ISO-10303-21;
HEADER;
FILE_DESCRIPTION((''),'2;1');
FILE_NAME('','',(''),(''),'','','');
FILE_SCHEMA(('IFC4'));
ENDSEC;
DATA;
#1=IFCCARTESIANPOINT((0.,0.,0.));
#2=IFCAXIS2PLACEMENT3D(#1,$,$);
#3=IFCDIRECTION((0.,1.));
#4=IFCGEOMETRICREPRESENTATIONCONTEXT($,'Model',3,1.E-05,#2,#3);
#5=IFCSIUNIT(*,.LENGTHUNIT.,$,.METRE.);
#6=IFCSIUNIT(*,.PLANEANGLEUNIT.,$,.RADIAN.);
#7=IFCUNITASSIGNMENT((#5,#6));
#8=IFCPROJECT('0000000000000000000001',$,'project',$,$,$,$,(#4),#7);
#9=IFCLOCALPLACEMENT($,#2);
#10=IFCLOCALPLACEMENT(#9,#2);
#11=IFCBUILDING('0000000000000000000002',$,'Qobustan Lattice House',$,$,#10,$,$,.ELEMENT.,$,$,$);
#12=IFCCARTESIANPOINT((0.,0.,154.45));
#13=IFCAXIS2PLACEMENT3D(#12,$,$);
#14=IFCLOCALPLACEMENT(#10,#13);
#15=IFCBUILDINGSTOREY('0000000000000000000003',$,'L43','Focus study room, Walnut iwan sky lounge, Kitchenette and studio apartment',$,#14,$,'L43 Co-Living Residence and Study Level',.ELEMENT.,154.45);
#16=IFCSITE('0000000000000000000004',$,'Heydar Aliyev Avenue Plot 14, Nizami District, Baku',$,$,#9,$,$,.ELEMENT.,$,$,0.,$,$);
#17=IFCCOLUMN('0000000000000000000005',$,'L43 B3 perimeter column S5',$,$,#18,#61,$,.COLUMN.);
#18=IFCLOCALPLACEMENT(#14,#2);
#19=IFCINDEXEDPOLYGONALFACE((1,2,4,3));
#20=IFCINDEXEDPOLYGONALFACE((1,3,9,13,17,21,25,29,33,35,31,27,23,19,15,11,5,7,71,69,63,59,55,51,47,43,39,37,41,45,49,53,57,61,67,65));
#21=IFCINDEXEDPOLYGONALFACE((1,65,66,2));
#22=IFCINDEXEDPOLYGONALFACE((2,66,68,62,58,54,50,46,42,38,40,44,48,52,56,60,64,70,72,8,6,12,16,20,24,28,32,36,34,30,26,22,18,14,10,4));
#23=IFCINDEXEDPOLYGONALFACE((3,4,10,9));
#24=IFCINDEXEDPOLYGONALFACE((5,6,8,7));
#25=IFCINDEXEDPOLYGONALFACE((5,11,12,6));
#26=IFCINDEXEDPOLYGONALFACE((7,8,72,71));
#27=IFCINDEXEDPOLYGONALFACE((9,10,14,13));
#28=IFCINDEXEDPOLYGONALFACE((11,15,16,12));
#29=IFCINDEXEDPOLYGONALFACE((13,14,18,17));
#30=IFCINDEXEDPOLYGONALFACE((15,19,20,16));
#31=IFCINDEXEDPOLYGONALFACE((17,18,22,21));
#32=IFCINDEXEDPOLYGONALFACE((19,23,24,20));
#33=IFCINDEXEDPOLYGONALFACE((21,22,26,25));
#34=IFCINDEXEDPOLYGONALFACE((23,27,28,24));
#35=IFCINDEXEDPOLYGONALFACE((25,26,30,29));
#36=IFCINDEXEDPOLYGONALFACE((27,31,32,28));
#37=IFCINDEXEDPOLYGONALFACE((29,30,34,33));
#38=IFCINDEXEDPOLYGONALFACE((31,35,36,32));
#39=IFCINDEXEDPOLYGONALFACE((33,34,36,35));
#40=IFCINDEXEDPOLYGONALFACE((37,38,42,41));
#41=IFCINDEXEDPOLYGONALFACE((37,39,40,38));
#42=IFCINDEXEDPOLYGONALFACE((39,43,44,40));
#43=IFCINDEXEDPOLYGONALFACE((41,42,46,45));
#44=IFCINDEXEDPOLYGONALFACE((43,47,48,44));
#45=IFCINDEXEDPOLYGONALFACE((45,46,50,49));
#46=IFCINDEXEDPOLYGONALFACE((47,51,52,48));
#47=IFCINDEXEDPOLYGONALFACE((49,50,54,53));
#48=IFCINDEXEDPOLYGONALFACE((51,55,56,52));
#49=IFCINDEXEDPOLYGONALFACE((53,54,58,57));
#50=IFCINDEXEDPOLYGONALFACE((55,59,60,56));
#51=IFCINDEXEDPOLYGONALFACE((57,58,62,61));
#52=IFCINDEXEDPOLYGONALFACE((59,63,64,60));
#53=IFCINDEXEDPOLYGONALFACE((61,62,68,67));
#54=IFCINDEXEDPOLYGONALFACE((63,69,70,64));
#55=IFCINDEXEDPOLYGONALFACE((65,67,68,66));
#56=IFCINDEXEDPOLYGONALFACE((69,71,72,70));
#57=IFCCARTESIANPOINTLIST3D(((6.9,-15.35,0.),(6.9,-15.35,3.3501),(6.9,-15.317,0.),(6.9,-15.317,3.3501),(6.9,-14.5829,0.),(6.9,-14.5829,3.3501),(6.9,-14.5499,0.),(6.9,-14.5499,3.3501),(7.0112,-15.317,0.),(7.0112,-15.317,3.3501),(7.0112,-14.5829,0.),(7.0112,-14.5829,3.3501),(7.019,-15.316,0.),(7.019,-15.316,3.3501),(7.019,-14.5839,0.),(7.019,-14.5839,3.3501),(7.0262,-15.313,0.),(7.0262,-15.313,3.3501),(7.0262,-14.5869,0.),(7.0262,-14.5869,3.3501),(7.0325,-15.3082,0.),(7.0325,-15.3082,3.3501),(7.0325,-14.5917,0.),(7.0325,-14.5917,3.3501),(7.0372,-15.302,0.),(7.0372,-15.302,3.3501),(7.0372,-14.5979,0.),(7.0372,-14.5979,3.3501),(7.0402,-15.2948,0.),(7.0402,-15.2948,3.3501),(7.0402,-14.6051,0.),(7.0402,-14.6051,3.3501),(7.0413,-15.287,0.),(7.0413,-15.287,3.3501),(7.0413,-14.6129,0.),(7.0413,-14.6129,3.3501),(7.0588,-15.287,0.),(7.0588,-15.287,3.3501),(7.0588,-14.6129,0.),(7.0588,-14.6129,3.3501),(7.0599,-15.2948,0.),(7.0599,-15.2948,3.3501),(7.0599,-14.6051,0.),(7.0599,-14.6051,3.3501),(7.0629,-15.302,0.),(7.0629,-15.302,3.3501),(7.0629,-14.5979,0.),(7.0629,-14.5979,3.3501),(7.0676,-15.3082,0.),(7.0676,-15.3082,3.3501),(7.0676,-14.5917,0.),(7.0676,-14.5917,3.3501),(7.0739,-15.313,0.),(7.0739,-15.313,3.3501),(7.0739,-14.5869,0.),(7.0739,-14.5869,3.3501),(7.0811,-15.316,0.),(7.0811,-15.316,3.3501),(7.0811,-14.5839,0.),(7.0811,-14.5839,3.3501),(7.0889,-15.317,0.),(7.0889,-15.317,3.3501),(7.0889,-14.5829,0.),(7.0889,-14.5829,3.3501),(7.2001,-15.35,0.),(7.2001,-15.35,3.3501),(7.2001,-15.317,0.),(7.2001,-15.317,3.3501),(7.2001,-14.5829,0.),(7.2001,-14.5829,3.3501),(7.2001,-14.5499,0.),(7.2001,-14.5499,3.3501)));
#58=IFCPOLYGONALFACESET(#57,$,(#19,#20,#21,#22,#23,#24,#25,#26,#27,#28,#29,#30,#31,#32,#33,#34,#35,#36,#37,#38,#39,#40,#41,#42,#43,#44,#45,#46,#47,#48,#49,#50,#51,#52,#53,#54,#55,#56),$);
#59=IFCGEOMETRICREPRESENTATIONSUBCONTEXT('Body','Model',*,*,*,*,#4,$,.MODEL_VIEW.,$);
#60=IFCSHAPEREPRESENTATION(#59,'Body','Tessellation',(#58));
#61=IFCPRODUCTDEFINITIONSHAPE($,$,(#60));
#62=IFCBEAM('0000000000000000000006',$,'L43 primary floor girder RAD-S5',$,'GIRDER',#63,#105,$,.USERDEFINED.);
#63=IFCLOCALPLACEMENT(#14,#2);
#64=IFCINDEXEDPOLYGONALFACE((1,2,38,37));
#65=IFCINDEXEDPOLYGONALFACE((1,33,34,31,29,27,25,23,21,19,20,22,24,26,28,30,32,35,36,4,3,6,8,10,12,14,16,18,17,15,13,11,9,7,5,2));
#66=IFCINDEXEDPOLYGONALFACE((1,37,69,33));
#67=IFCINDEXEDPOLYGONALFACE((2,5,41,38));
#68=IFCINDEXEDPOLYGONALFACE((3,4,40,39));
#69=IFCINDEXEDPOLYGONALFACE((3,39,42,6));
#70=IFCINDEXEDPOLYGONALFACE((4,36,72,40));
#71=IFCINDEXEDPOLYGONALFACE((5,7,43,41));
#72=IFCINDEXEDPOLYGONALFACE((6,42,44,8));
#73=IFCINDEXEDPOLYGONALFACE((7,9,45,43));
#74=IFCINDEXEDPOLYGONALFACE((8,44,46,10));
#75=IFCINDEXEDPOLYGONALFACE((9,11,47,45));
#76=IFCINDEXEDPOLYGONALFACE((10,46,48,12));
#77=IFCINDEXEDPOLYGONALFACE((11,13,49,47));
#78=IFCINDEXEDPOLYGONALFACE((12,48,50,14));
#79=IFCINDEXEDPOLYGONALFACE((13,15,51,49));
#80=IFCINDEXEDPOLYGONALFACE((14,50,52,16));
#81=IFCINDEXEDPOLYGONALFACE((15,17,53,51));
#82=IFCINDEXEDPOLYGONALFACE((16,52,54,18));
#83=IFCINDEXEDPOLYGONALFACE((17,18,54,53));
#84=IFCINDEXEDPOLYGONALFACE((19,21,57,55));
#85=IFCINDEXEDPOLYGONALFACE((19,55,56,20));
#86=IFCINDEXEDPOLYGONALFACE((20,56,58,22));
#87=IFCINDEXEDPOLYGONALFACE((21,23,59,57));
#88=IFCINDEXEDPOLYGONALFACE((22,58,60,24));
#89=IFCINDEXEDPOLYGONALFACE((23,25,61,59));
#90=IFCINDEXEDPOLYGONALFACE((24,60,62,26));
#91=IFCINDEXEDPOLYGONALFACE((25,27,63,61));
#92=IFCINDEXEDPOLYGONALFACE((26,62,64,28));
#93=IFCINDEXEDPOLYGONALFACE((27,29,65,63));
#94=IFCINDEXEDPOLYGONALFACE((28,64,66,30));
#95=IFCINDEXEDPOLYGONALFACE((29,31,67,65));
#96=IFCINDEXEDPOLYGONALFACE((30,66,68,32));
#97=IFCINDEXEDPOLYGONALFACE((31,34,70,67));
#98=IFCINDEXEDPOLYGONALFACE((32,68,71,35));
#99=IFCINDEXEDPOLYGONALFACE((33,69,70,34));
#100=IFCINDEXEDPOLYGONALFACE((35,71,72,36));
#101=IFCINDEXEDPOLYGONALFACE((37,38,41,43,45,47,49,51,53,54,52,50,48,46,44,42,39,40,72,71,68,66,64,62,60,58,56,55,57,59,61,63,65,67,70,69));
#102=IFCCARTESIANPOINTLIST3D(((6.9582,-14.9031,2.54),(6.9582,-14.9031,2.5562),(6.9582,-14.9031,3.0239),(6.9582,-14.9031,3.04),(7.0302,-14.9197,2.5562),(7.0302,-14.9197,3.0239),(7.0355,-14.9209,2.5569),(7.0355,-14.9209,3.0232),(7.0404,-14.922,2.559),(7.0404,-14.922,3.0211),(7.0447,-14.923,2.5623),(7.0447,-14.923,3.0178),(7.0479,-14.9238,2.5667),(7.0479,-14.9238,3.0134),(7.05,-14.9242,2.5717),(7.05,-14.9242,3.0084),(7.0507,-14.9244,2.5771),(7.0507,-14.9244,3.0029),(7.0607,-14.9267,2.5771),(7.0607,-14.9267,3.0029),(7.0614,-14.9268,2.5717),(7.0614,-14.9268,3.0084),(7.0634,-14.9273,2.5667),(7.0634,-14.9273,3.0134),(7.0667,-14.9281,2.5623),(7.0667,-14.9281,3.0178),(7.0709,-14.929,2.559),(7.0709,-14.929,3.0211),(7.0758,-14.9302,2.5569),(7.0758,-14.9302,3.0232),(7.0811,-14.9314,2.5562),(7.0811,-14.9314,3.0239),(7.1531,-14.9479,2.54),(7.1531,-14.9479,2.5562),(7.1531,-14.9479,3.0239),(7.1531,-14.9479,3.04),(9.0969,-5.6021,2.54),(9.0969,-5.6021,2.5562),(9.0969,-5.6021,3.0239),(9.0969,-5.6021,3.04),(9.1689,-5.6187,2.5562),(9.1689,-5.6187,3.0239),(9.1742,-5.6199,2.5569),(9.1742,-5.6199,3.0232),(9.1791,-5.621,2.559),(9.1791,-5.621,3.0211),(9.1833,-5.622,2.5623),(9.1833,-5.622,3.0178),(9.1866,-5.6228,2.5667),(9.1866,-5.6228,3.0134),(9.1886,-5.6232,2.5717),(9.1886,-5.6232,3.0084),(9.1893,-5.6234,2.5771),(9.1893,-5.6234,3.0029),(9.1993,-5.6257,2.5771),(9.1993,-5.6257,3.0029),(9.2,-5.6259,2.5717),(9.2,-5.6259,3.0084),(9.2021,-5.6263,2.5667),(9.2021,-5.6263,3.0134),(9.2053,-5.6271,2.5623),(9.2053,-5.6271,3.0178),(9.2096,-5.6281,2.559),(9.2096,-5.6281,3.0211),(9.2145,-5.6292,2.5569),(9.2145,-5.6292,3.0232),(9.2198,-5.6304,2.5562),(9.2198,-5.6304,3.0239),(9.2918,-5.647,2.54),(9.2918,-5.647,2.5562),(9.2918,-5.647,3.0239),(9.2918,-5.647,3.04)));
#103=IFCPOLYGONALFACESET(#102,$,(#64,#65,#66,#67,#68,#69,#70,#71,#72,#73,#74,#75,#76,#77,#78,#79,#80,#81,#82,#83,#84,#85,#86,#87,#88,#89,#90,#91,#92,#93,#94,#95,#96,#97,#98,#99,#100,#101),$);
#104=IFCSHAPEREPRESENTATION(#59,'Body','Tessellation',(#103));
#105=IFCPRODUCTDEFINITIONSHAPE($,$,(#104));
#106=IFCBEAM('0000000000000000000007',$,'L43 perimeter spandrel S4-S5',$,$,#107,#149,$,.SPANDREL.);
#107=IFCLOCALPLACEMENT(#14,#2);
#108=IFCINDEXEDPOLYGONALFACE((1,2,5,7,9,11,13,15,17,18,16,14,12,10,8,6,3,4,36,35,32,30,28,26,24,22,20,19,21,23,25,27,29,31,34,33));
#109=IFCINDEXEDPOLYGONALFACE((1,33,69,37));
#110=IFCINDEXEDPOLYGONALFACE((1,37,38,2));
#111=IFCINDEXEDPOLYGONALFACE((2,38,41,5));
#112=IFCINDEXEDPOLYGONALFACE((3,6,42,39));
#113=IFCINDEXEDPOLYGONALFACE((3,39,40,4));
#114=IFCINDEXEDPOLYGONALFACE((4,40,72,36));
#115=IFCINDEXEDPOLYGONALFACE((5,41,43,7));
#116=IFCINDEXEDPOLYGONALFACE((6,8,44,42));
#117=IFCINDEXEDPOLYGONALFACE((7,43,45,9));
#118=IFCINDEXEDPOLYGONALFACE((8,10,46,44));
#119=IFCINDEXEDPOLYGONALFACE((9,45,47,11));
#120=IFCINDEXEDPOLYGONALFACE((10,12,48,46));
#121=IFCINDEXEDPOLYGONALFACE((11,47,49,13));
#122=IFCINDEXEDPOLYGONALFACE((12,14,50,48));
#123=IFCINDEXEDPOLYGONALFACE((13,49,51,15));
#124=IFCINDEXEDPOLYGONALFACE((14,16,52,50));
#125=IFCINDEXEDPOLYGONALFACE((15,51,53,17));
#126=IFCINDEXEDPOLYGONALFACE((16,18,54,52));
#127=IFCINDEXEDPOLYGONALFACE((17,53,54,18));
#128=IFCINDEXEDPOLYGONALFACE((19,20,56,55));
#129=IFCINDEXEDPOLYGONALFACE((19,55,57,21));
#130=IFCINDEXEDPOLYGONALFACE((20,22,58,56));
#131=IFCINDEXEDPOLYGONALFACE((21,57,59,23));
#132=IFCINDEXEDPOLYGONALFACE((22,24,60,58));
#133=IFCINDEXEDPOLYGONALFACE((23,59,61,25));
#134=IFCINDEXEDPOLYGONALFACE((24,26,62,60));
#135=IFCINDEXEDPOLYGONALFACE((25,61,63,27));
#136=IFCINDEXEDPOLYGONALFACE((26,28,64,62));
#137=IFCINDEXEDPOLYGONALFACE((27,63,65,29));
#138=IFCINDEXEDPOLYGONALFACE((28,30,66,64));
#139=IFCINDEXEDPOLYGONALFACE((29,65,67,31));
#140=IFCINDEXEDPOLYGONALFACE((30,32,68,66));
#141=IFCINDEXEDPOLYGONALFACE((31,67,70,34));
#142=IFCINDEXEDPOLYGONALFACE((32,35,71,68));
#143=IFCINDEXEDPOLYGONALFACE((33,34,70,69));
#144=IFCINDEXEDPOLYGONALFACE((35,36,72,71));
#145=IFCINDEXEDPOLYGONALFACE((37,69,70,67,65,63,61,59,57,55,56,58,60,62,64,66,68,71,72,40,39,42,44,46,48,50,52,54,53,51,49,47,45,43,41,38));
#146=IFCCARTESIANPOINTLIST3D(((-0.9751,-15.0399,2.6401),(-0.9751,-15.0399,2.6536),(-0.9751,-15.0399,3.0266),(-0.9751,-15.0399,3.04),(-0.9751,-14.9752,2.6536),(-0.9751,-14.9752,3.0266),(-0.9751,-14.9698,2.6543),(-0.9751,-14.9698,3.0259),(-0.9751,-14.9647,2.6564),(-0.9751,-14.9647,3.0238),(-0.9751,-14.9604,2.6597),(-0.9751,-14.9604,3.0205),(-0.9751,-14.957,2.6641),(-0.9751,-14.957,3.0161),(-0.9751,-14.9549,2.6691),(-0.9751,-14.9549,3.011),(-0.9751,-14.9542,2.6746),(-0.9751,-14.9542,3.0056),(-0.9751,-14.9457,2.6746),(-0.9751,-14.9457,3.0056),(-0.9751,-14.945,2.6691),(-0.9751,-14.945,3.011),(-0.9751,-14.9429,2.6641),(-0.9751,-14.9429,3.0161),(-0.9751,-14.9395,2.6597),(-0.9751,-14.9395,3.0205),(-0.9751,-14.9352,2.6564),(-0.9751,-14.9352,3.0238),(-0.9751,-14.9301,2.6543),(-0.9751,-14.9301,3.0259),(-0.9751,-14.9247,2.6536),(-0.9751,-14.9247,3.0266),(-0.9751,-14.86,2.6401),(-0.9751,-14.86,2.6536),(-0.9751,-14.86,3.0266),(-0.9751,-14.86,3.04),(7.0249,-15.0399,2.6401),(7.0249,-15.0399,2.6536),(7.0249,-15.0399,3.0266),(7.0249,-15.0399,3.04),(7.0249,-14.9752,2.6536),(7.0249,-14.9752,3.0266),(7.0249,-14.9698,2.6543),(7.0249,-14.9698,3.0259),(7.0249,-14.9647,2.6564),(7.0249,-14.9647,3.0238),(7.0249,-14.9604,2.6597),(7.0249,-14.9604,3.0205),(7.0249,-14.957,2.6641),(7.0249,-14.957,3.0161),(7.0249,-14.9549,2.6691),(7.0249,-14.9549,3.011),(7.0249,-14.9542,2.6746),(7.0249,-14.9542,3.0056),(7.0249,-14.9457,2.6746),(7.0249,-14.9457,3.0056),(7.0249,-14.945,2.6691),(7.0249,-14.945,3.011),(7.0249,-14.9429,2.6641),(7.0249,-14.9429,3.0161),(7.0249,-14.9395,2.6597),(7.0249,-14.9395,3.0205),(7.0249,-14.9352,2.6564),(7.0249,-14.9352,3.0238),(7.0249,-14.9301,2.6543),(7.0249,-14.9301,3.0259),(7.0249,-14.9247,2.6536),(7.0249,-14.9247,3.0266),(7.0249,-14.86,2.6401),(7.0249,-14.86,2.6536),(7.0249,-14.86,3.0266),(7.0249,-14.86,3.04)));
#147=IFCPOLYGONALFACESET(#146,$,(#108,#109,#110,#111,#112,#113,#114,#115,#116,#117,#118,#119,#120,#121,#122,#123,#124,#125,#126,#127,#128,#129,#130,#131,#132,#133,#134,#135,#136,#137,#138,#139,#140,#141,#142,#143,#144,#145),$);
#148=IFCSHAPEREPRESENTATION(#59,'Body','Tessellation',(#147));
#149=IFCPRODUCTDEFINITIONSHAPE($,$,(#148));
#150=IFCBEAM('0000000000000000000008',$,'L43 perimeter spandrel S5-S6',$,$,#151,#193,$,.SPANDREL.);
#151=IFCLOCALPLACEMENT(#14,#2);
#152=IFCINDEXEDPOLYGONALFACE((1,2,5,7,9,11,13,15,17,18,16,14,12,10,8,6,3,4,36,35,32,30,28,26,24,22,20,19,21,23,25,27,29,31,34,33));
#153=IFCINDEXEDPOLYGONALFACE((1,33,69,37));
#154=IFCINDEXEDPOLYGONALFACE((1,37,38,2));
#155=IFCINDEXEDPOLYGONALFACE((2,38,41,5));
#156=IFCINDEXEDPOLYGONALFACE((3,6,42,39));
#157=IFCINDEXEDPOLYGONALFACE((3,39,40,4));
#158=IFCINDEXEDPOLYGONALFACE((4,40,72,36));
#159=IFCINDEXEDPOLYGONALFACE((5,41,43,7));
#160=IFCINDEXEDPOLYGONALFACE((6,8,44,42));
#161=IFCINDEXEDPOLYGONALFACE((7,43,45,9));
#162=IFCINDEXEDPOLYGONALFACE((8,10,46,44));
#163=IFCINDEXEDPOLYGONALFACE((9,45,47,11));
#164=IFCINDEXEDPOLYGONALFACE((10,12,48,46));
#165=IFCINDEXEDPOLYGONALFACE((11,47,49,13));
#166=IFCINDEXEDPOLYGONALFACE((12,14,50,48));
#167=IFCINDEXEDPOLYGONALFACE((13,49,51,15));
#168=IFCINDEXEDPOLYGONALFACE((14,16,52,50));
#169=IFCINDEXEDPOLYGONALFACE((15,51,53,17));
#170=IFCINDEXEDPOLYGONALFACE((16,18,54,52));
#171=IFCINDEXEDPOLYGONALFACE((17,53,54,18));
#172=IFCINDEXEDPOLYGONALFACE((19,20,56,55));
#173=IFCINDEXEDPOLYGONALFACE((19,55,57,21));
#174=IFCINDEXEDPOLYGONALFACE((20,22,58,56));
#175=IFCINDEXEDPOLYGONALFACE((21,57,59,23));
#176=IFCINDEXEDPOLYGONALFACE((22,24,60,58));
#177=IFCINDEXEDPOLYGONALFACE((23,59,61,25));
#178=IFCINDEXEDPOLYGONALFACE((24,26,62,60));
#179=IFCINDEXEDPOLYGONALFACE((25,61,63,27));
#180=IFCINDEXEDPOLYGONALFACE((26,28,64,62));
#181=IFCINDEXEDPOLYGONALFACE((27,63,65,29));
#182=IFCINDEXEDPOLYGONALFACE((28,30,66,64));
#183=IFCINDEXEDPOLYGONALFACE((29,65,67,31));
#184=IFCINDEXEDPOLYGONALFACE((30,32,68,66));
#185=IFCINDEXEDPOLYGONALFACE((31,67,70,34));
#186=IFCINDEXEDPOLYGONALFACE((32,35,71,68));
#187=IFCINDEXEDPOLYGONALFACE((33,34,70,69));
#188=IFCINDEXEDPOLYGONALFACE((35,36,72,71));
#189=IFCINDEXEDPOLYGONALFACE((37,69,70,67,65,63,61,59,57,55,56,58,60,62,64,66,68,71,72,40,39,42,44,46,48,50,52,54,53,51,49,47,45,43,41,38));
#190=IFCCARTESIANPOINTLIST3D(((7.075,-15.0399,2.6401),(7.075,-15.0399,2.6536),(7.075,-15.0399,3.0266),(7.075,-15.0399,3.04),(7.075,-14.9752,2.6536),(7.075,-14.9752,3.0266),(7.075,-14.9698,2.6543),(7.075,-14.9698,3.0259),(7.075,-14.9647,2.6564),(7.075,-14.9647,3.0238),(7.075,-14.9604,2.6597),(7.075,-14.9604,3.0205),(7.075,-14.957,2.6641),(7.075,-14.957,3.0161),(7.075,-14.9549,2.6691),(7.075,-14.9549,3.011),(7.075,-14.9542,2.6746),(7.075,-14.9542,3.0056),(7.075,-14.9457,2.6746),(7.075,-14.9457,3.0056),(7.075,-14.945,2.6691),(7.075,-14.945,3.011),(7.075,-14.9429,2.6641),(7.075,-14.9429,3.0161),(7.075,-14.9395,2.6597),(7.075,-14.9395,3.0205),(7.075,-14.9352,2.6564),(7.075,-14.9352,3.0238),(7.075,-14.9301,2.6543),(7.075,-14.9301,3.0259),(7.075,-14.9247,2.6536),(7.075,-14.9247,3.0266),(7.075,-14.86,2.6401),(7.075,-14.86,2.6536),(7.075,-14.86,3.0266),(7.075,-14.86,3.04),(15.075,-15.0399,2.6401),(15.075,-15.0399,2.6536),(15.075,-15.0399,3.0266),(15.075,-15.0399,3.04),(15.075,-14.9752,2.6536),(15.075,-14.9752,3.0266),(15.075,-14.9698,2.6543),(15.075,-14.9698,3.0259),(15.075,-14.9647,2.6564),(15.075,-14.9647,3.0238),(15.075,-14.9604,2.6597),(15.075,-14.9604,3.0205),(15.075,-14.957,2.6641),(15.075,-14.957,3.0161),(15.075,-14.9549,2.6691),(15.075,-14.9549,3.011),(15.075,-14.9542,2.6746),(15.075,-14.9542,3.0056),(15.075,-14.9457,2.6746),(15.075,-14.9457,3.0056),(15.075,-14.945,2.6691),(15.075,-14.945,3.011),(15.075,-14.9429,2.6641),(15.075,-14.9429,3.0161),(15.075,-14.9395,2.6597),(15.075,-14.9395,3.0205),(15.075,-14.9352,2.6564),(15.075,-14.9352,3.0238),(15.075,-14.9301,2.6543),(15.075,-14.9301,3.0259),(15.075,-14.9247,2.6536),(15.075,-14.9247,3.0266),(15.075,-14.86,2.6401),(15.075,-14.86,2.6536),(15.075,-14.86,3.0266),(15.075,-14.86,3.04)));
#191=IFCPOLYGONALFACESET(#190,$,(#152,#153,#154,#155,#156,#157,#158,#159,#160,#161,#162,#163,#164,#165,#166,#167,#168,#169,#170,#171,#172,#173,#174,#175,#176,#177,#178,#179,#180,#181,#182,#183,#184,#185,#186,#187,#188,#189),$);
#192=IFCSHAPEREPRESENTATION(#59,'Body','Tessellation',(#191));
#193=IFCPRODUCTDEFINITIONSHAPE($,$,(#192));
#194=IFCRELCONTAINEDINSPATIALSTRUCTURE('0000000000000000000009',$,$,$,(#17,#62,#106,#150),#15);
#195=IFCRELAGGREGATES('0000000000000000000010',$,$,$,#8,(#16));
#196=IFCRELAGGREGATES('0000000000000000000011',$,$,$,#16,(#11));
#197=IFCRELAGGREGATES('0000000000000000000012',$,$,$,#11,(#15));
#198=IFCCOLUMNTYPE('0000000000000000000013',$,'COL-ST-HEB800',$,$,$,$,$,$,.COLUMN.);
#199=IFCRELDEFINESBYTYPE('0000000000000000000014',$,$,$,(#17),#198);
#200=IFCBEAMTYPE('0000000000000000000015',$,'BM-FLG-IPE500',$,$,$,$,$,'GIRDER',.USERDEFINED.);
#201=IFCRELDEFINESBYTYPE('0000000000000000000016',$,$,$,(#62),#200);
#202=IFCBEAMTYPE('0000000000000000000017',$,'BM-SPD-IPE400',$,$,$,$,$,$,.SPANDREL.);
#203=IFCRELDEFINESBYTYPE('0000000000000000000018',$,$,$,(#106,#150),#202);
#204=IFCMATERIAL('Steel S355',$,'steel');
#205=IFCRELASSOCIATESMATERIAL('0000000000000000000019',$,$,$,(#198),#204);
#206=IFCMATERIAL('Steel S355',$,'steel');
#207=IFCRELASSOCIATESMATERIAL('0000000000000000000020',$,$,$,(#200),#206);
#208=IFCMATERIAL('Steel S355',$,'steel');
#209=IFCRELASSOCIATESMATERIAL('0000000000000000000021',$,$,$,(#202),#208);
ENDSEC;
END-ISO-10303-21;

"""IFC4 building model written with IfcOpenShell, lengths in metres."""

from ifc_helpers import new_model, si_unit, direction, frame, origin, origin_2d, place, context, subcontext, project, spatial, i_section, extrude, material, material_profile, profile_set, type_object, element, save


model = new_model("IFC4")

# Units and contexts
model_context = context("Model", 3, precision=1e-05, world=origin(), true_north=direction((0.0, 1.0)))
body_context = subcontext(model_context, "Body", "Model", "MODEL_VIEW")
ifc_project = project(units=[si_unit("LENGTHUNIT", "METRE"), si_unit("PLANEANGLEUNIT", "RADIAN")], contexts=[model_context])

# Site, building, storey
site_placement = place(None, origin())
site = spatial("IfcSite", under=ifc_project, at=site_placement, Name="Heydar Aliyev Avenue Plot 14, Nizami District, Baku", CompositionType="ELEMENT", RefElevation=0.0)
building_placement = place(site_placement, origin())
building = spatial("IfcBuilding", under=site, at=building_placement, Name="Qobustan Lattice House", CompositionType="ELEMENT")
storey_placement = place(building_placement, frame((0.0, 0.0, 154.45)))
storey = spatial("IfcBuildingStorey", under=building, at=storey_placement, Name="L43", Description="Focus study room, Walnut iwan sky lounge, Kitchenette and studio apartment", LongName="L43 Co-Living Residence and Study Level", CompositionType="ELEMENT", Elevation=154.45)

# Column
ifc_material_1 = material(Name="Steel S355", Category="steel")
ifc_material_profile_1 = material_profile(ifc_material_1, i_section(OverallWidth=0.3, OverallDepth=0.8, WebThickness=0.0176, FlangeThickness=0.033, FilletRadius=0.03, at=origin_2d()), Name="HEB800")
ifc_profile_set_1 = profile_set([ifc_material_profile_1], Name="Steel S355")
column_type = type_object("IfcColumnType", Name="COL-ST-HEB800", PredefinedType="COLUMN", material=ifc_profile_set_1)
column_placement = place(storey_placement, frame((7.05, -14.95, 0.0), z_axis=(0.0, 0.0, 1.0), x_axis=(1.0, 0.0, 0.0)))
element("IfcColumn", 1, at=column_placement, inside=storey, type_object=column_type, Name="L43 B3 perimeter column S5", PredefinedType="COLUMN", context=body_context, shape_type="SweptSolid", body=[
    extrude(i_section(OverallWidth=0.3, OverallDepth=0.8, WebThickness=0.0176, FlangeThickness=0.033, FilletRadius=0.03, at=origin_2d()), origin(), (0.0, 0.0, 1.0), 3.3501),
])

# Beams
ifc_material_2 = material(Name="Steel S355", Category="steel")
ifc_material_profile_2 = material_profile(ifc_material_2, i_section(OverallWidth=0.2, OverallDepth=0.5, WebThickness=0.0103, FlangeThickness=0.0161, FilletRadius=0.021, at=origin_2d()), Name="IPE500")
ifc_profile_set_2 = profile_set([ifc_material_profile_2], Name="Steel S355")
beam_type_1 = type_object("IfcBeamType", Name="BM-FLG-IPE500", ElementType="GIRDER", PredefinedType="USERDEFINED", material=ifc_profile_set_2)
beam_placement = place(storey_placement, frame((7.0557, -14.9255, 2.79), z_axis=(0.224092, 0.974568, 0.0), x_axis=(-0.974568, 0.224092, 0.0)))
element("IfcBeam", 2, at=beam_placement, inside=storey, type_object=beam_type_1, Name="L43 primary floor girder RAD-S5", ObjectType="GIRDER", PredefinedType="USERDEFINED", context=body_context, shape_type="SweptSolid", body=[
    extrude(i_section(OverallWidth=0.2, OverallDepth=0.5, WebThickness=0.0103, FlangeThickness=0.0161, FilletRadius=0.021, at=origin_2d()), origin(), (0.0, 0.0, 1.0), 9.5437),
])
ifc_material_3 = material(Name="Steel S355", Category="steel")
ifc_material_profile_3 = material_profile(ifc_material_3, i_section(OverallWidth=0.1799, OverallDepth=0.3999, WebThickness=0.0085, FlangeThickness=0.0134, FilletRadius=0.021, at=origin_2d()), Name="IPE400")
ifc_profile_set_3 = profile_set([ifc_material_profile_3], Name="Steel S355")
beam_type_2 = type_object("IfcBeamType", Name="BM-SPD-IPE400", PredefinedType="SPANDREL", material=ifc_profile_set_3)
for number, where, z_axis, x_axis, name in (
    (3, (-0.9751, -14.95, 2.8401), (1.0, 0.0, 0.0), (0.0, 1.0, 0.0), "L43 perimeter spandrel S4-S5"),
    (4, (7.075, -14.95, 2.8401), (1.0, 0.0, 0.0), (0.0, 1.0, 0.0), "L43 perimeter spandrel S5-S6"),
):
    element("IfcBeam", number, at=place(storey_placement, frame(where, z_axis=z_axis, x_axis=x_axis)), inside=storey, type_object=beam_type_2, Name=name, PredefinedType="SPANDREL", context=body_context, shape_type="SweptSolid", body=[
        extrude(i_section(OverallWidth=0.1799, OverallDepth=0.3999, WebThickness=0.0085, FlangeThickness=0.0134, FilletRadius=0.021, at=origin_2d()), origin(), (0.0, 0.0, 1.0), 8.0),
    ])

save(model, "model.ifc")
